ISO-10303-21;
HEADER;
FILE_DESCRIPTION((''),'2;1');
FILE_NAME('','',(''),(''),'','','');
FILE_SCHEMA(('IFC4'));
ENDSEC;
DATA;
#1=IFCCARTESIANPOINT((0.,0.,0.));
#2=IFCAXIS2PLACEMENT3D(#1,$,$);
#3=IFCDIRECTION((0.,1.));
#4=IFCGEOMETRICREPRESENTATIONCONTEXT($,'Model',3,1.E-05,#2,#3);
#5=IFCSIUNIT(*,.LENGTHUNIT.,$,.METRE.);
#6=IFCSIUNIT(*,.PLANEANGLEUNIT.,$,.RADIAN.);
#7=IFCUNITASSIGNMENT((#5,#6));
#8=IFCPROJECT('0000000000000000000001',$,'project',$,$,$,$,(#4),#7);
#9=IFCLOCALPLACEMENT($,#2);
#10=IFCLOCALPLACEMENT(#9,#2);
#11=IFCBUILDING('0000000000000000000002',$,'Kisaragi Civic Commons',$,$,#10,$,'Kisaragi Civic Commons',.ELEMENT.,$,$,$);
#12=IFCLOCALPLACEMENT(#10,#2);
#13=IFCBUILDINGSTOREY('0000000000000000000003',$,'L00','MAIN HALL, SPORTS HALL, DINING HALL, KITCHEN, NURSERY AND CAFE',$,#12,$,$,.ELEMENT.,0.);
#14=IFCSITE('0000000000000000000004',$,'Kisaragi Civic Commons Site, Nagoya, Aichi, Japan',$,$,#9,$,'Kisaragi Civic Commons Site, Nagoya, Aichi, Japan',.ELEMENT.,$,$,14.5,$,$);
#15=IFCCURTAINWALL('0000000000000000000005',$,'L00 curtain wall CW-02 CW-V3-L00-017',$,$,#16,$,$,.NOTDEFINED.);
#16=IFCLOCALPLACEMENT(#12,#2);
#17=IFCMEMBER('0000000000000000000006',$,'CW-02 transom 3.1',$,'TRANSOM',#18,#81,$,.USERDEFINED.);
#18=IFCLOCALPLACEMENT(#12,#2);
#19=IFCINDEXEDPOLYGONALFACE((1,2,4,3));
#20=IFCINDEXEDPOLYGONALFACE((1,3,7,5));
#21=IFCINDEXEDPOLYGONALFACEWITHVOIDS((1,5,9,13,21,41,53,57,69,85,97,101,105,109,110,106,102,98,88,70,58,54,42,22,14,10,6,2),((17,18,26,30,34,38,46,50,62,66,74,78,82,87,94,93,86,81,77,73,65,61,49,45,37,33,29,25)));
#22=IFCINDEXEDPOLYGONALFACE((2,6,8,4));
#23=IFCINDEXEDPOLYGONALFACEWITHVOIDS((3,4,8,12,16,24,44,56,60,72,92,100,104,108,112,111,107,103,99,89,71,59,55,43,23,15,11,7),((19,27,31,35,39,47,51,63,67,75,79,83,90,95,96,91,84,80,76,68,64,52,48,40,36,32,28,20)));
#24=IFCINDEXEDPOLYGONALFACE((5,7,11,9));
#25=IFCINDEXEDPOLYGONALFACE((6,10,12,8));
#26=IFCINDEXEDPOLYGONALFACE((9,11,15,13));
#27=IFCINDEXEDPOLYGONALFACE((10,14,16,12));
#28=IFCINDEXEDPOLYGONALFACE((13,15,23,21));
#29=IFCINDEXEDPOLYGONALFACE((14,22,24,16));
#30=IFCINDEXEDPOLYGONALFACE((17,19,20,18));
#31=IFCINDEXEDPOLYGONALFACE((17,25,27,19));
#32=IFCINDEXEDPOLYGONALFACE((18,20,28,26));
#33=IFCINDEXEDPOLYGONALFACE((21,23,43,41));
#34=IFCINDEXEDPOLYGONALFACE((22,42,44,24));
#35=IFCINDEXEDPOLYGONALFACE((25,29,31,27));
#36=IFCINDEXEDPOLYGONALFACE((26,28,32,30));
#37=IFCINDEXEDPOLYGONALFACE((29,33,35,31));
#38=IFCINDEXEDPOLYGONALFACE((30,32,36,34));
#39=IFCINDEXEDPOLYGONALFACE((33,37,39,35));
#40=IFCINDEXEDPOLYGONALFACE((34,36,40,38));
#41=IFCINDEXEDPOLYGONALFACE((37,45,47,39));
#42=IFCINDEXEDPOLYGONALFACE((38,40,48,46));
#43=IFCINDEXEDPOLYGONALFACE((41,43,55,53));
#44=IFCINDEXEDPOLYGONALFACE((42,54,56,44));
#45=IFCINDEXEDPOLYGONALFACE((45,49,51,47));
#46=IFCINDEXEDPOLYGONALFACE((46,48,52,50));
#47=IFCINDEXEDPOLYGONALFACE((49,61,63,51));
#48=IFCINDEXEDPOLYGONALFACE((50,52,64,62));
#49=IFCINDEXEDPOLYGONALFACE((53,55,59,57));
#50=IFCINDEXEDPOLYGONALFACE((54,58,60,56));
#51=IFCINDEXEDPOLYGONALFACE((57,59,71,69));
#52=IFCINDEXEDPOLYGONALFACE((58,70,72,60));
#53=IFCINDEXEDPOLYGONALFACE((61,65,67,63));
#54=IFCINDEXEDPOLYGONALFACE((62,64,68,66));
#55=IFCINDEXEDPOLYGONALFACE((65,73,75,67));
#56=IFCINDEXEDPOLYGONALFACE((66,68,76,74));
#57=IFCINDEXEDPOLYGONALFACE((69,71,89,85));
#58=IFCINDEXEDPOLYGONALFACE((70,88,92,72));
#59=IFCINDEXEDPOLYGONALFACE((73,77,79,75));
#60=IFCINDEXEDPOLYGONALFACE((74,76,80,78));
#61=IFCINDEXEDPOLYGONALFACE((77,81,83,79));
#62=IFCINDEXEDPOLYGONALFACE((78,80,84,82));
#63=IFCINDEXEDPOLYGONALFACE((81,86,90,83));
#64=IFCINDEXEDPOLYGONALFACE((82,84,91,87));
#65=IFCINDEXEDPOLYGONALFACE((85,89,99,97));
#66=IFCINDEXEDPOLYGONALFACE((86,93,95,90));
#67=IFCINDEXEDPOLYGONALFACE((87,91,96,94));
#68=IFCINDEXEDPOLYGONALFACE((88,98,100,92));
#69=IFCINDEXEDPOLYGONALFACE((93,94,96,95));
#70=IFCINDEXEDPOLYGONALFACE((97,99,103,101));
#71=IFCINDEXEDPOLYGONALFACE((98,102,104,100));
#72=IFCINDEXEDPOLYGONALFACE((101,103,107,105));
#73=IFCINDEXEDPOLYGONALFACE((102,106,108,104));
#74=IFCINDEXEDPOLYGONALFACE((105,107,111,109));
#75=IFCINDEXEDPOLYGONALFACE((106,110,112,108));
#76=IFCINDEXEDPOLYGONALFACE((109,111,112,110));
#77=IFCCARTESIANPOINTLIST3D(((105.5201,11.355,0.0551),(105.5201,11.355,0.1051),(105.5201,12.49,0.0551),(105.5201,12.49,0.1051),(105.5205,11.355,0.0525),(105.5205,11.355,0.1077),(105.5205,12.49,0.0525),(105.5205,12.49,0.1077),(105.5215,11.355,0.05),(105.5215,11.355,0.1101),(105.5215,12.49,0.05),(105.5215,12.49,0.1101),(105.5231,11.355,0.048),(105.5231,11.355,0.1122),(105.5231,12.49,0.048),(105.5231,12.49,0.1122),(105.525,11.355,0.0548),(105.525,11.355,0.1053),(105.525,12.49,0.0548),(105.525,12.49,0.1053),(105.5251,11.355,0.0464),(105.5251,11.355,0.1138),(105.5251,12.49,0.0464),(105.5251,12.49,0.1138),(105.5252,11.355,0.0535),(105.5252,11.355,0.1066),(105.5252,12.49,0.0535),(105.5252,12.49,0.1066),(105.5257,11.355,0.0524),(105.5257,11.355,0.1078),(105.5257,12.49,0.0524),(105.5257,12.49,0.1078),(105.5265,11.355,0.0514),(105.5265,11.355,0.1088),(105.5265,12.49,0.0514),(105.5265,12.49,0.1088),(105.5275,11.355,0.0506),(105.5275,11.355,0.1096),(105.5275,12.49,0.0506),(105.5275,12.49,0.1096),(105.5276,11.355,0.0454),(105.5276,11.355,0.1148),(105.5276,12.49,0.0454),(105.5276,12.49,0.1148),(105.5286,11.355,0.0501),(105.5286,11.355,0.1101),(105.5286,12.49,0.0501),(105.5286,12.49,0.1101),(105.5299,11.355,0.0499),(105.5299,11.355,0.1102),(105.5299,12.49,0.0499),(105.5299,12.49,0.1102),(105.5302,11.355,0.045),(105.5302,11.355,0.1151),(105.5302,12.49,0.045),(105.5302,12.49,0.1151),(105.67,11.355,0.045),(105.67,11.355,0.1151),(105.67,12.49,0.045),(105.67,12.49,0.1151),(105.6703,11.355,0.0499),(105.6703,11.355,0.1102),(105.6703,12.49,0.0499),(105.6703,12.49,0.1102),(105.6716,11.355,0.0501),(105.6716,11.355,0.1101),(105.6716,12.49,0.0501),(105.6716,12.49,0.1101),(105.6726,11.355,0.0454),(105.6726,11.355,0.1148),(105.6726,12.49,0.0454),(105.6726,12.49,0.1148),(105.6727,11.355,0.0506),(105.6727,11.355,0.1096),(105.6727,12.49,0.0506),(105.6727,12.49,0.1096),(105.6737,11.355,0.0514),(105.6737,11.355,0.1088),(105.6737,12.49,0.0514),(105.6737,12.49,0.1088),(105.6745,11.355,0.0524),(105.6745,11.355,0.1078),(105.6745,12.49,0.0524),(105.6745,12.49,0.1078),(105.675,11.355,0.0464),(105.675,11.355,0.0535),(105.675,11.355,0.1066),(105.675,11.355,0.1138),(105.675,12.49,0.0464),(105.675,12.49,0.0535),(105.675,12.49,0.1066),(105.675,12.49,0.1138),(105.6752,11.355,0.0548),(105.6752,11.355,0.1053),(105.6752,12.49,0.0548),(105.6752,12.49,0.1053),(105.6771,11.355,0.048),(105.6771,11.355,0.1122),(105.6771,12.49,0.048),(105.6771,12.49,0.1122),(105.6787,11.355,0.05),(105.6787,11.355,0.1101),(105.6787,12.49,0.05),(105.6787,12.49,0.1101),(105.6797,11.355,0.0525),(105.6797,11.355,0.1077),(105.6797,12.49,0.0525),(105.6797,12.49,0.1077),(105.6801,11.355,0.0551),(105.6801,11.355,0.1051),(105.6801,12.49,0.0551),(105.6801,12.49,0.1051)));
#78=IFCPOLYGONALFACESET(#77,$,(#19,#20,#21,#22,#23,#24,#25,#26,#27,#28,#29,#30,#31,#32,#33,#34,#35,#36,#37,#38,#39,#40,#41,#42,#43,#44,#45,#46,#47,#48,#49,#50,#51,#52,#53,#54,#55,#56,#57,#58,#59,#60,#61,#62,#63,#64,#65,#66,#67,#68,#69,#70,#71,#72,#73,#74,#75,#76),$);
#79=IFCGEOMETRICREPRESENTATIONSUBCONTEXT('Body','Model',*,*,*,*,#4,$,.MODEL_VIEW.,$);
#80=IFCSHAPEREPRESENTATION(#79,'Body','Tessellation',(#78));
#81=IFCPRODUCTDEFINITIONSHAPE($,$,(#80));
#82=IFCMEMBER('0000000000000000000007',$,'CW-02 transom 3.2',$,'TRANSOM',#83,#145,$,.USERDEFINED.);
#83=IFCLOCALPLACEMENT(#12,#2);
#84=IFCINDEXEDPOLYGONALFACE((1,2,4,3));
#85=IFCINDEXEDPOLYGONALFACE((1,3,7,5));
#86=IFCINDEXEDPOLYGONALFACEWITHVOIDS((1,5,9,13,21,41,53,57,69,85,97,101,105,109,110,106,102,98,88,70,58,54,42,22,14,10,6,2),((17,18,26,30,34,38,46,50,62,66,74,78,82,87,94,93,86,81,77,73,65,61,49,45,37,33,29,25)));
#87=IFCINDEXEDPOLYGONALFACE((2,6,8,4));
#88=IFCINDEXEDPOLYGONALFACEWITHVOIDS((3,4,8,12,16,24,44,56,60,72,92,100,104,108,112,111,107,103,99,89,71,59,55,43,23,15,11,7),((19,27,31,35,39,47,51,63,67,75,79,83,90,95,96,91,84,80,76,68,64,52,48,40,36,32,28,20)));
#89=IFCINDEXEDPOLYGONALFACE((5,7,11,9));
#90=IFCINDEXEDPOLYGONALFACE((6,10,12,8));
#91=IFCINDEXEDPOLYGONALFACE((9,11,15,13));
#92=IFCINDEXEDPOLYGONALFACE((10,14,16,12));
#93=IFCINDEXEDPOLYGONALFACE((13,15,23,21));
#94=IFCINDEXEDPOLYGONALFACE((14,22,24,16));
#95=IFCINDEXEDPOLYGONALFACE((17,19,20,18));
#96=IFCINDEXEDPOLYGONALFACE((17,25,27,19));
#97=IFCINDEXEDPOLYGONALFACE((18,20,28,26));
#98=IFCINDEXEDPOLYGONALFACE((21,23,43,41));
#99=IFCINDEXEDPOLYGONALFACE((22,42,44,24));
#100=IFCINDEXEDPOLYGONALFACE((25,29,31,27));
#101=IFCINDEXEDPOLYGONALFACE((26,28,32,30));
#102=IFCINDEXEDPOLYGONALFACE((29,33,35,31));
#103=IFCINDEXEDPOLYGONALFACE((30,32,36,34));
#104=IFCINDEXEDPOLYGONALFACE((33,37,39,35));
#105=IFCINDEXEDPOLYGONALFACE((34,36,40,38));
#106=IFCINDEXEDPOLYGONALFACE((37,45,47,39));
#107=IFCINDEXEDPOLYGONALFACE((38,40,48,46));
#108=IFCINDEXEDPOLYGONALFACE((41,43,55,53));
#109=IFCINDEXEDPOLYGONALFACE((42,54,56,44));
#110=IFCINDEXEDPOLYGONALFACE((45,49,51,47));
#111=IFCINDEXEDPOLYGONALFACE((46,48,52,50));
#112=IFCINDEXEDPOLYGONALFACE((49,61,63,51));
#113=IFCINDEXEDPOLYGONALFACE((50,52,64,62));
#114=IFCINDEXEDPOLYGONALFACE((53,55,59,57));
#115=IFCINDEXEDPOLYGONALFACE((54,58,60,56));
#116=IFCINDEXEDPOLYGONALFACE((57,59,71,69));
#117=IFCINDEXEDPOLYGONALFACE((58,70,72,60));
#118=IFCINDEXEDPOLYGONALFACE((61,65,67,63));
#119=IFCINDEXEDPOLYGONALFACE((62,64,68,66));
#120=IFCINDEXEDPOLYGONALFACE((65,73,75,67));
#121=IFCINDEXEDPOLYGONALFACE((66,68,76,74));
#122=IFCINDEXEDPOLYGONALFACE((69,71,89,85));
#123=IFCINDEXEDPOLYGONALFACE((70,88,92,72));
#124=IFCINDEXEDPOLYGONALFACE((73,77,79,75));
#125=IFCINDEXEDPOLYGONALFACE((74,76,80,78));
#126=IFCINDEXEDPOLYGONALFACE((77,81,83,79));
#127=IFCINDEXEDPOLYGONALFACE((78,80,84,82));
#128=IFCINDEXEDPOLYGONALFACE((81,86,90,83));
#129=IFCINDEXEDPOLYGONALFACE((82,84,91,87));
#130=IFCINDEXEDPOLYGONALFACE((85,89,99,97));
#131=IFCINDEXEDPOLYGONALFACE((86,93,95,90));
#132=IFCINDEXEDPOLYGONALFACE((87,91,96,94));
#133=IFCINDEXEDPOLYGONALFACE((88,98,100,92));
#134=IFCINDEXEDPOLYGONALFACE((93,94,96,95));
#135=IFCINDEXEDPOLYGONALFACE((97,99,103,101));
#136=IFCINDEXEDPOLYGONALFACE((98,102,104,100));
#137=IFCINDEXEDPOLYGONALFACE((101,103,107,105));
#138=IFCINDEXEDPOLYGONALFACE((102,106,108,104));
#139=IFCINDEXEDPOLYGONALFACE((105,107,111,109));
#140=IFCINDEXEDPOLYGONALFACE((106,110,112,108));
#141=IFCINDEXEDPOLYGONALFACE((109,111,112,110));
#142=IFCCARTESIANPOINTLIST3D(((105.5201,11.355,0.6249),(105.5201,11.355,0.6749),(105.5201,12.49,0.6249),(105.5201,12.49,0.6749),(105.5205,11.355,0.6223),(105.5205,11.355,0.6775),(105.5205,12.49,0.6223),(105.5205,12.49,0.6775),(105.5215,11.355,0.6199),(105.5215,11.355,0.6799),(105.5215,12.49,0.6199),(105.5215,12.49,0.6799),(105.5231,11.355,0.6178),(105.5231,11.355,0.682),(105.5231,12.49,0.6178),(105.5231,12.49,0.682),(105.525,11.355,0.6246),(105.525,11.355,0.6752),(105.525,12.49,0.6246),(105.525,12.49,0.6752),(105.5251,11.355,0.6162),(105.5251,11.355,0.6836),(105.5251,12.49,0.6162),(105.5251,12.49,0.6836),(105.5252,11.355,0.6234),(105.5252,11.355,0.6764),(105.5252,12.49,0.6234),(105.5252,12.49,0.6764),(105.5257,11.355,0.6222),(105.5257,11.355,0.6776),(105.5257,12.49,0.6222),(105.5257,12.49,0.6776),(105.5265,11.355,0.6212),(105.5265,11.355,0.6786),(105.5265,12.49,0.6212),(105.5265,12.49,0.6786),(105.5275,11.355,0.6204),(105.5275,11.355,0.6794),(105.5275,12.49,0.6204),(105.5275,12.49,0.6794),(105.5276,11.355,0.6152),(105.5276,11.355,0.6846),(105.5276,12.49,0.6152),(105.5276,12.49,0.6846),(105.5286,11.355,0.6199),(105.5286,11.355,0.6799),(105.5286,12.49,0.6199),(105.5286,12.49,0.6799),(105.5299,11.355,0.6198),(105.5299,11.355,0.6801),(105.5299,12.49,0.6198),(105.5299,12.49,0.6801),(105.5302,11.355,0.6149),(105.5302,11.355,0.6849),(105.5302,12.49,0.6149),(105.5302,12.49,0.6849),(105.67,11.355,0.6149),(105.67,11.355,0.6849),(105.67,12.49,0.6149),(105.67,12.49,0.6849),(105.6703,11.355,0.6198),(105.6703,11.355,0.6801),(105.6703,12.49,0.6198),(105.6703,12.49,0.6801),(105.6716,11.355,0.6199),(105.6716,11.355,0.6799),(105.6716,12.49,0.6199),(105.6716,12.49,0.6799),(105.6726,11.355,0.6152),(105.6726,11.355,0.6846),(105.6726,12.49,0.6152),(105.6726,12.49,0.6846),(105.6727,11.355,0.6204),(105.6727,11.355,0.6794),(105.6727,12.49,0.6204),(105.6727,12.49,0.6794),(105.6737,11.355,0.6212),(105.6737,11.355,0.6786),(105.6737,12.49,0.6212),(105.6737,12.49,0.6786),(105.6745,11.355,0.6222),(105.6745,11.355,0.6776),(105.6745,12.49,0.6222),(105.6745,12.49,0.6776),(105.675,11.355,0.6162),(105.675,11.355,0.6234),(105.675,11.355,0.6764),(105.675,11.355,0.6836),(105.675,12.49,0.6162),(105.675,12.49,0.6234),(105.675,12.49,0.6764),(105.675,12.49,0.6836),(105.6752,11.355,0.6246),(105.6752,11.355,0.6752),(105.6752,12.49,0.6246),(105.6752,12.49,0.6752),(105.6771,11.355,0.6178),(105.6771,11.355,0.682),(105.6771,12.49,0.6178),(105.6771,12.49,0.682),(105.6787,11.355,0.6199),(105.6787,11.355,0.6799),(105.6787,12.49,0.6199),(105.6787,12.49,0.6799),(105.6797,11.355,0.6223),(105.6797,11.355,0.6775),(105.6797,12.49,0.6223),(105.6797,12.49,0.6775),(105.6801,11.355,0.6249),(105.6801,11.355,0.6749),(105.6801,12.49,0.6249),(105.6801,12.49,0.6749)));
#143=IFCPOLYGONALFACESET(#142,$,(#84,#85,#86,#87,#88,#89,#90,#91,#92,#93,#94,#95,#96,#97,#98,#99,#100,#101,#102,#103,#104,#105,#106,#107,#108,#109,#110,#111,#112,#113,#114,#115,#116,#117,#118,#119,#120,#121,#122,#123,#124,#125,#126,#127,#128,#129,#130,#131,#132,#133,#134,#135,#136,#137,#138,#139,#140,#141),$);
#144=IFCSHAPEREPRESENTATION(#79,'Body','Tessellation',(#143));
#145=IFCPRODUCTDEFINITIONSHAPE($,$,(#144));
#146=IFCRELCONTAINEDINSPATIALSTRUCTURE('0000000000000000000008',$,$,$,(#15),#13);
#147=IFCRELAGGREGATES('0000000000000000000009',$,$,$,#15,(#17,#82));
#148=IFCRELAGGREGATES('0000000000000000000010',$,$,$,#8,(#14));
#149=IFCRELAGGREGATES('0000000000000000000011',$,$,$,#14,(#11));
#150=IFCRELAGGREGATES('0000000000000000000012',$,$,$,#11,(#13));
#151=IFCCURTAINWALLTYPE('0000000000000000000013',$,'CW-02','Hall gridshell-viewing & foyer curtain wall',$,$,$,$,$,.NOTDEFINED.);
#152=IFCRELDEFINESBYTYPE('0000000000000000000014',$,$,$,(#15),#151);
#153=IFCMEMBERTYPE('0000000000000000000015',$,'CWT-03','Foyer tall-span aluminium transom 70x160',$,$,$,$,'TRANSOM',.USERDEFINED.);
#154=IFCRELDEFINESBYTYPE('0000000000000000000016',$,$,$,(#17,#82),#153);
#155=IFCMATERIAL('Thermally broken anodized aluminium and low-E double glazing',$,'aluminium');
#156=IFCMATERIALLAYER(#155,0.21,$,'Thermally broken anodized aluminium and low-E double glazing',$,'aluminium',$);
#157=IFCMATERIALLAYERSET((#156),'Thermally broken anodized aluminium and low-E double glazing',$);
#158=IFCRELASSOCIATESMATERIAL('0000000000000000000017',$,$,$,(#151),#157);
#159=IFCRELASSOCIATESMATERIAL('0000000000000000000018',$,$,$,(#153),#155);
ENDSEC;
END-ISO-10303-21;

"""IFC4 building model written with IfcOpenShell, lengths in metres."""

from ifc_helpers import new_model, si_unit, direction, frame, origin, origin_2d, place, context, subcontext, project, spatial, hollow_rectangle, extrude, material, layer, layer_set, material_profile, profile_set, type_object, element, aggregate, save


model = new_model("IFC4")

# Units and contexts
model_context = context("Model", 3, precision=1e-05, world=origin(), true_north=direction((0.0, 1.0)))
body_context = subcontext(model_context, "Body", "Model", "MODEL_VIEW")
ifc_project = project(units=[si_unit("LENGTHUNIT", "METRE"), si_unit("PLANEANGLEUNIT", "RADIAN")], contexts=[model_context])

# Site, building, storey
site_placement = place(None, origin())
site = spatial("IfcSite", under=ifc_project, at=site_placement, Name="Kisaragi Civic Commons Site, Nagoya, Aichi, Japan", LongName="Kisaragi Civic Commons Site, Nagoya, Aichi, Japan", CompositionType="ELEMENT", RefElevation=14.5)
building_placement = place(site_placement, origin())
building = spatial("IfcBuilding", under=site, at=building_placement, Name="Kisaragi Civic Commons", LongName="Kisaragi Civic Commons", CompositionType="ELEMENT")
storey_placement = place(building_placement, origin())
storey = spatial("IfcBuildingStorey", under=building, at=storey_placement, Name="L00", Description="MAIN HALL, SPORTS HALL, DINING HALL, KITCHEN, NURSERY AND CAFE", CompositionType="ELEMENT", Elevation=0.0)

# Curtain wall
ifc_material_1 = material(Name="Thermally broken anodized aluminium and low-E double glazing", Category="aluminium")
ifc_layer_1 = layer(ifc_material_1, 0.21, Name="Thermally broken anodized aluminium and low-E double glazing", Category="aluminium")
ifc_layer_set_1 = layer_set([ifc_layer_1], Name="Thermally broken anodized aluminium and low-E double glazing")
curtain_wall_type = type_object("IfcCurtainWallType", Name="CW-02", Description="Hall gridshell-viewing & foyer curtain wall", PredefinedType="NOTDEFINED", material=ifc_layer_set_1)
curtain_wall_1_placement = place(storey_placement, origin())
curtain_wall_1 = element("IfcCurtainWall", 1, at=curtain_wall_1_placement, inside=storey, type_object=curtain_wall_type, Name="L00 curtain wall CW-02 CW-V3-L00-017", PredefinedType="NOTDEFINED")

# Members
ifc_material_profile_1 = material_profile(ifc_material_1, hollow_rectangle(XDim=0.1599, YDim=0.0701, WallThickness=0.0049, InnerFilletRadius=0.0049, OuterFilletRadius=0.01, at=origin_2d()), Name="CWT-70x160x5", Category="aluminium")
ifc_profile_set_1 = profile_set([ifc_material_profile_1], Name="Thermally broken anodized aluminium and low-E double glazing")
member_type_1 = type_object("IfcMemberType", Name="CWT-03", Description="Foyer tall-span aluminium transom 70x160", ElementType="TRANSOM", PredefinedType="USERDEFINED", material=ifc_profile_set_1)
member_1_placement = place(storey_placement, frame((105.6001, 11.355, 0.0801), z_axis=(0.0, 1.0, 0.0), x_axis=(-1.0, 0.0, 0.0)))
member_1 = element("IfcMember", 2, at=member_1_placement, type_object=member_type_1, Name="CW-02 transom 3.1", ObjectType="TRANSOM", PredefinedType="USERDEFINED", context=body_context, shape_type="SweptSolid", body=[
    extrude(hollow_rectangle(XDim=0.1599, YDim=0.0701, WallThickness=0.0049, InnerFilletRadius=0.0049, OuterFilletRadius=0.01, at=origin_2d()), origin(), (0.0, 0.0, 1.0), 1.135),
])
member_2_placement = place(storey_placement, frame((105.6001, 11.355, 0.6499), z_axis=(0.0, 1.0, 0.0), x_axis=(-1.0, 0.0, 0.0)))
member_2 = element("IfcMember", 3, at=member_2_placement, type_object=member_type_1, Name="CW-02 transom 3.2", ObjectType="TRANSOM", PredefinedType="USERDEFINED", context=body_context, shape_type="SweptSolid", body=[
    extrude(hollow_rectangle(XDim=0.1599, YDim=0.0701, WallThickness=0.0049, InnerFilletRadius=0.0049, OuterFilletRadius=0.01, at=origin_2d()), origin(), (0.0, 0.0, 1.0), 1.135),
])

aggregate(curtain_wall_1, [member_1, member_2])

save(model, "model.ifc")
